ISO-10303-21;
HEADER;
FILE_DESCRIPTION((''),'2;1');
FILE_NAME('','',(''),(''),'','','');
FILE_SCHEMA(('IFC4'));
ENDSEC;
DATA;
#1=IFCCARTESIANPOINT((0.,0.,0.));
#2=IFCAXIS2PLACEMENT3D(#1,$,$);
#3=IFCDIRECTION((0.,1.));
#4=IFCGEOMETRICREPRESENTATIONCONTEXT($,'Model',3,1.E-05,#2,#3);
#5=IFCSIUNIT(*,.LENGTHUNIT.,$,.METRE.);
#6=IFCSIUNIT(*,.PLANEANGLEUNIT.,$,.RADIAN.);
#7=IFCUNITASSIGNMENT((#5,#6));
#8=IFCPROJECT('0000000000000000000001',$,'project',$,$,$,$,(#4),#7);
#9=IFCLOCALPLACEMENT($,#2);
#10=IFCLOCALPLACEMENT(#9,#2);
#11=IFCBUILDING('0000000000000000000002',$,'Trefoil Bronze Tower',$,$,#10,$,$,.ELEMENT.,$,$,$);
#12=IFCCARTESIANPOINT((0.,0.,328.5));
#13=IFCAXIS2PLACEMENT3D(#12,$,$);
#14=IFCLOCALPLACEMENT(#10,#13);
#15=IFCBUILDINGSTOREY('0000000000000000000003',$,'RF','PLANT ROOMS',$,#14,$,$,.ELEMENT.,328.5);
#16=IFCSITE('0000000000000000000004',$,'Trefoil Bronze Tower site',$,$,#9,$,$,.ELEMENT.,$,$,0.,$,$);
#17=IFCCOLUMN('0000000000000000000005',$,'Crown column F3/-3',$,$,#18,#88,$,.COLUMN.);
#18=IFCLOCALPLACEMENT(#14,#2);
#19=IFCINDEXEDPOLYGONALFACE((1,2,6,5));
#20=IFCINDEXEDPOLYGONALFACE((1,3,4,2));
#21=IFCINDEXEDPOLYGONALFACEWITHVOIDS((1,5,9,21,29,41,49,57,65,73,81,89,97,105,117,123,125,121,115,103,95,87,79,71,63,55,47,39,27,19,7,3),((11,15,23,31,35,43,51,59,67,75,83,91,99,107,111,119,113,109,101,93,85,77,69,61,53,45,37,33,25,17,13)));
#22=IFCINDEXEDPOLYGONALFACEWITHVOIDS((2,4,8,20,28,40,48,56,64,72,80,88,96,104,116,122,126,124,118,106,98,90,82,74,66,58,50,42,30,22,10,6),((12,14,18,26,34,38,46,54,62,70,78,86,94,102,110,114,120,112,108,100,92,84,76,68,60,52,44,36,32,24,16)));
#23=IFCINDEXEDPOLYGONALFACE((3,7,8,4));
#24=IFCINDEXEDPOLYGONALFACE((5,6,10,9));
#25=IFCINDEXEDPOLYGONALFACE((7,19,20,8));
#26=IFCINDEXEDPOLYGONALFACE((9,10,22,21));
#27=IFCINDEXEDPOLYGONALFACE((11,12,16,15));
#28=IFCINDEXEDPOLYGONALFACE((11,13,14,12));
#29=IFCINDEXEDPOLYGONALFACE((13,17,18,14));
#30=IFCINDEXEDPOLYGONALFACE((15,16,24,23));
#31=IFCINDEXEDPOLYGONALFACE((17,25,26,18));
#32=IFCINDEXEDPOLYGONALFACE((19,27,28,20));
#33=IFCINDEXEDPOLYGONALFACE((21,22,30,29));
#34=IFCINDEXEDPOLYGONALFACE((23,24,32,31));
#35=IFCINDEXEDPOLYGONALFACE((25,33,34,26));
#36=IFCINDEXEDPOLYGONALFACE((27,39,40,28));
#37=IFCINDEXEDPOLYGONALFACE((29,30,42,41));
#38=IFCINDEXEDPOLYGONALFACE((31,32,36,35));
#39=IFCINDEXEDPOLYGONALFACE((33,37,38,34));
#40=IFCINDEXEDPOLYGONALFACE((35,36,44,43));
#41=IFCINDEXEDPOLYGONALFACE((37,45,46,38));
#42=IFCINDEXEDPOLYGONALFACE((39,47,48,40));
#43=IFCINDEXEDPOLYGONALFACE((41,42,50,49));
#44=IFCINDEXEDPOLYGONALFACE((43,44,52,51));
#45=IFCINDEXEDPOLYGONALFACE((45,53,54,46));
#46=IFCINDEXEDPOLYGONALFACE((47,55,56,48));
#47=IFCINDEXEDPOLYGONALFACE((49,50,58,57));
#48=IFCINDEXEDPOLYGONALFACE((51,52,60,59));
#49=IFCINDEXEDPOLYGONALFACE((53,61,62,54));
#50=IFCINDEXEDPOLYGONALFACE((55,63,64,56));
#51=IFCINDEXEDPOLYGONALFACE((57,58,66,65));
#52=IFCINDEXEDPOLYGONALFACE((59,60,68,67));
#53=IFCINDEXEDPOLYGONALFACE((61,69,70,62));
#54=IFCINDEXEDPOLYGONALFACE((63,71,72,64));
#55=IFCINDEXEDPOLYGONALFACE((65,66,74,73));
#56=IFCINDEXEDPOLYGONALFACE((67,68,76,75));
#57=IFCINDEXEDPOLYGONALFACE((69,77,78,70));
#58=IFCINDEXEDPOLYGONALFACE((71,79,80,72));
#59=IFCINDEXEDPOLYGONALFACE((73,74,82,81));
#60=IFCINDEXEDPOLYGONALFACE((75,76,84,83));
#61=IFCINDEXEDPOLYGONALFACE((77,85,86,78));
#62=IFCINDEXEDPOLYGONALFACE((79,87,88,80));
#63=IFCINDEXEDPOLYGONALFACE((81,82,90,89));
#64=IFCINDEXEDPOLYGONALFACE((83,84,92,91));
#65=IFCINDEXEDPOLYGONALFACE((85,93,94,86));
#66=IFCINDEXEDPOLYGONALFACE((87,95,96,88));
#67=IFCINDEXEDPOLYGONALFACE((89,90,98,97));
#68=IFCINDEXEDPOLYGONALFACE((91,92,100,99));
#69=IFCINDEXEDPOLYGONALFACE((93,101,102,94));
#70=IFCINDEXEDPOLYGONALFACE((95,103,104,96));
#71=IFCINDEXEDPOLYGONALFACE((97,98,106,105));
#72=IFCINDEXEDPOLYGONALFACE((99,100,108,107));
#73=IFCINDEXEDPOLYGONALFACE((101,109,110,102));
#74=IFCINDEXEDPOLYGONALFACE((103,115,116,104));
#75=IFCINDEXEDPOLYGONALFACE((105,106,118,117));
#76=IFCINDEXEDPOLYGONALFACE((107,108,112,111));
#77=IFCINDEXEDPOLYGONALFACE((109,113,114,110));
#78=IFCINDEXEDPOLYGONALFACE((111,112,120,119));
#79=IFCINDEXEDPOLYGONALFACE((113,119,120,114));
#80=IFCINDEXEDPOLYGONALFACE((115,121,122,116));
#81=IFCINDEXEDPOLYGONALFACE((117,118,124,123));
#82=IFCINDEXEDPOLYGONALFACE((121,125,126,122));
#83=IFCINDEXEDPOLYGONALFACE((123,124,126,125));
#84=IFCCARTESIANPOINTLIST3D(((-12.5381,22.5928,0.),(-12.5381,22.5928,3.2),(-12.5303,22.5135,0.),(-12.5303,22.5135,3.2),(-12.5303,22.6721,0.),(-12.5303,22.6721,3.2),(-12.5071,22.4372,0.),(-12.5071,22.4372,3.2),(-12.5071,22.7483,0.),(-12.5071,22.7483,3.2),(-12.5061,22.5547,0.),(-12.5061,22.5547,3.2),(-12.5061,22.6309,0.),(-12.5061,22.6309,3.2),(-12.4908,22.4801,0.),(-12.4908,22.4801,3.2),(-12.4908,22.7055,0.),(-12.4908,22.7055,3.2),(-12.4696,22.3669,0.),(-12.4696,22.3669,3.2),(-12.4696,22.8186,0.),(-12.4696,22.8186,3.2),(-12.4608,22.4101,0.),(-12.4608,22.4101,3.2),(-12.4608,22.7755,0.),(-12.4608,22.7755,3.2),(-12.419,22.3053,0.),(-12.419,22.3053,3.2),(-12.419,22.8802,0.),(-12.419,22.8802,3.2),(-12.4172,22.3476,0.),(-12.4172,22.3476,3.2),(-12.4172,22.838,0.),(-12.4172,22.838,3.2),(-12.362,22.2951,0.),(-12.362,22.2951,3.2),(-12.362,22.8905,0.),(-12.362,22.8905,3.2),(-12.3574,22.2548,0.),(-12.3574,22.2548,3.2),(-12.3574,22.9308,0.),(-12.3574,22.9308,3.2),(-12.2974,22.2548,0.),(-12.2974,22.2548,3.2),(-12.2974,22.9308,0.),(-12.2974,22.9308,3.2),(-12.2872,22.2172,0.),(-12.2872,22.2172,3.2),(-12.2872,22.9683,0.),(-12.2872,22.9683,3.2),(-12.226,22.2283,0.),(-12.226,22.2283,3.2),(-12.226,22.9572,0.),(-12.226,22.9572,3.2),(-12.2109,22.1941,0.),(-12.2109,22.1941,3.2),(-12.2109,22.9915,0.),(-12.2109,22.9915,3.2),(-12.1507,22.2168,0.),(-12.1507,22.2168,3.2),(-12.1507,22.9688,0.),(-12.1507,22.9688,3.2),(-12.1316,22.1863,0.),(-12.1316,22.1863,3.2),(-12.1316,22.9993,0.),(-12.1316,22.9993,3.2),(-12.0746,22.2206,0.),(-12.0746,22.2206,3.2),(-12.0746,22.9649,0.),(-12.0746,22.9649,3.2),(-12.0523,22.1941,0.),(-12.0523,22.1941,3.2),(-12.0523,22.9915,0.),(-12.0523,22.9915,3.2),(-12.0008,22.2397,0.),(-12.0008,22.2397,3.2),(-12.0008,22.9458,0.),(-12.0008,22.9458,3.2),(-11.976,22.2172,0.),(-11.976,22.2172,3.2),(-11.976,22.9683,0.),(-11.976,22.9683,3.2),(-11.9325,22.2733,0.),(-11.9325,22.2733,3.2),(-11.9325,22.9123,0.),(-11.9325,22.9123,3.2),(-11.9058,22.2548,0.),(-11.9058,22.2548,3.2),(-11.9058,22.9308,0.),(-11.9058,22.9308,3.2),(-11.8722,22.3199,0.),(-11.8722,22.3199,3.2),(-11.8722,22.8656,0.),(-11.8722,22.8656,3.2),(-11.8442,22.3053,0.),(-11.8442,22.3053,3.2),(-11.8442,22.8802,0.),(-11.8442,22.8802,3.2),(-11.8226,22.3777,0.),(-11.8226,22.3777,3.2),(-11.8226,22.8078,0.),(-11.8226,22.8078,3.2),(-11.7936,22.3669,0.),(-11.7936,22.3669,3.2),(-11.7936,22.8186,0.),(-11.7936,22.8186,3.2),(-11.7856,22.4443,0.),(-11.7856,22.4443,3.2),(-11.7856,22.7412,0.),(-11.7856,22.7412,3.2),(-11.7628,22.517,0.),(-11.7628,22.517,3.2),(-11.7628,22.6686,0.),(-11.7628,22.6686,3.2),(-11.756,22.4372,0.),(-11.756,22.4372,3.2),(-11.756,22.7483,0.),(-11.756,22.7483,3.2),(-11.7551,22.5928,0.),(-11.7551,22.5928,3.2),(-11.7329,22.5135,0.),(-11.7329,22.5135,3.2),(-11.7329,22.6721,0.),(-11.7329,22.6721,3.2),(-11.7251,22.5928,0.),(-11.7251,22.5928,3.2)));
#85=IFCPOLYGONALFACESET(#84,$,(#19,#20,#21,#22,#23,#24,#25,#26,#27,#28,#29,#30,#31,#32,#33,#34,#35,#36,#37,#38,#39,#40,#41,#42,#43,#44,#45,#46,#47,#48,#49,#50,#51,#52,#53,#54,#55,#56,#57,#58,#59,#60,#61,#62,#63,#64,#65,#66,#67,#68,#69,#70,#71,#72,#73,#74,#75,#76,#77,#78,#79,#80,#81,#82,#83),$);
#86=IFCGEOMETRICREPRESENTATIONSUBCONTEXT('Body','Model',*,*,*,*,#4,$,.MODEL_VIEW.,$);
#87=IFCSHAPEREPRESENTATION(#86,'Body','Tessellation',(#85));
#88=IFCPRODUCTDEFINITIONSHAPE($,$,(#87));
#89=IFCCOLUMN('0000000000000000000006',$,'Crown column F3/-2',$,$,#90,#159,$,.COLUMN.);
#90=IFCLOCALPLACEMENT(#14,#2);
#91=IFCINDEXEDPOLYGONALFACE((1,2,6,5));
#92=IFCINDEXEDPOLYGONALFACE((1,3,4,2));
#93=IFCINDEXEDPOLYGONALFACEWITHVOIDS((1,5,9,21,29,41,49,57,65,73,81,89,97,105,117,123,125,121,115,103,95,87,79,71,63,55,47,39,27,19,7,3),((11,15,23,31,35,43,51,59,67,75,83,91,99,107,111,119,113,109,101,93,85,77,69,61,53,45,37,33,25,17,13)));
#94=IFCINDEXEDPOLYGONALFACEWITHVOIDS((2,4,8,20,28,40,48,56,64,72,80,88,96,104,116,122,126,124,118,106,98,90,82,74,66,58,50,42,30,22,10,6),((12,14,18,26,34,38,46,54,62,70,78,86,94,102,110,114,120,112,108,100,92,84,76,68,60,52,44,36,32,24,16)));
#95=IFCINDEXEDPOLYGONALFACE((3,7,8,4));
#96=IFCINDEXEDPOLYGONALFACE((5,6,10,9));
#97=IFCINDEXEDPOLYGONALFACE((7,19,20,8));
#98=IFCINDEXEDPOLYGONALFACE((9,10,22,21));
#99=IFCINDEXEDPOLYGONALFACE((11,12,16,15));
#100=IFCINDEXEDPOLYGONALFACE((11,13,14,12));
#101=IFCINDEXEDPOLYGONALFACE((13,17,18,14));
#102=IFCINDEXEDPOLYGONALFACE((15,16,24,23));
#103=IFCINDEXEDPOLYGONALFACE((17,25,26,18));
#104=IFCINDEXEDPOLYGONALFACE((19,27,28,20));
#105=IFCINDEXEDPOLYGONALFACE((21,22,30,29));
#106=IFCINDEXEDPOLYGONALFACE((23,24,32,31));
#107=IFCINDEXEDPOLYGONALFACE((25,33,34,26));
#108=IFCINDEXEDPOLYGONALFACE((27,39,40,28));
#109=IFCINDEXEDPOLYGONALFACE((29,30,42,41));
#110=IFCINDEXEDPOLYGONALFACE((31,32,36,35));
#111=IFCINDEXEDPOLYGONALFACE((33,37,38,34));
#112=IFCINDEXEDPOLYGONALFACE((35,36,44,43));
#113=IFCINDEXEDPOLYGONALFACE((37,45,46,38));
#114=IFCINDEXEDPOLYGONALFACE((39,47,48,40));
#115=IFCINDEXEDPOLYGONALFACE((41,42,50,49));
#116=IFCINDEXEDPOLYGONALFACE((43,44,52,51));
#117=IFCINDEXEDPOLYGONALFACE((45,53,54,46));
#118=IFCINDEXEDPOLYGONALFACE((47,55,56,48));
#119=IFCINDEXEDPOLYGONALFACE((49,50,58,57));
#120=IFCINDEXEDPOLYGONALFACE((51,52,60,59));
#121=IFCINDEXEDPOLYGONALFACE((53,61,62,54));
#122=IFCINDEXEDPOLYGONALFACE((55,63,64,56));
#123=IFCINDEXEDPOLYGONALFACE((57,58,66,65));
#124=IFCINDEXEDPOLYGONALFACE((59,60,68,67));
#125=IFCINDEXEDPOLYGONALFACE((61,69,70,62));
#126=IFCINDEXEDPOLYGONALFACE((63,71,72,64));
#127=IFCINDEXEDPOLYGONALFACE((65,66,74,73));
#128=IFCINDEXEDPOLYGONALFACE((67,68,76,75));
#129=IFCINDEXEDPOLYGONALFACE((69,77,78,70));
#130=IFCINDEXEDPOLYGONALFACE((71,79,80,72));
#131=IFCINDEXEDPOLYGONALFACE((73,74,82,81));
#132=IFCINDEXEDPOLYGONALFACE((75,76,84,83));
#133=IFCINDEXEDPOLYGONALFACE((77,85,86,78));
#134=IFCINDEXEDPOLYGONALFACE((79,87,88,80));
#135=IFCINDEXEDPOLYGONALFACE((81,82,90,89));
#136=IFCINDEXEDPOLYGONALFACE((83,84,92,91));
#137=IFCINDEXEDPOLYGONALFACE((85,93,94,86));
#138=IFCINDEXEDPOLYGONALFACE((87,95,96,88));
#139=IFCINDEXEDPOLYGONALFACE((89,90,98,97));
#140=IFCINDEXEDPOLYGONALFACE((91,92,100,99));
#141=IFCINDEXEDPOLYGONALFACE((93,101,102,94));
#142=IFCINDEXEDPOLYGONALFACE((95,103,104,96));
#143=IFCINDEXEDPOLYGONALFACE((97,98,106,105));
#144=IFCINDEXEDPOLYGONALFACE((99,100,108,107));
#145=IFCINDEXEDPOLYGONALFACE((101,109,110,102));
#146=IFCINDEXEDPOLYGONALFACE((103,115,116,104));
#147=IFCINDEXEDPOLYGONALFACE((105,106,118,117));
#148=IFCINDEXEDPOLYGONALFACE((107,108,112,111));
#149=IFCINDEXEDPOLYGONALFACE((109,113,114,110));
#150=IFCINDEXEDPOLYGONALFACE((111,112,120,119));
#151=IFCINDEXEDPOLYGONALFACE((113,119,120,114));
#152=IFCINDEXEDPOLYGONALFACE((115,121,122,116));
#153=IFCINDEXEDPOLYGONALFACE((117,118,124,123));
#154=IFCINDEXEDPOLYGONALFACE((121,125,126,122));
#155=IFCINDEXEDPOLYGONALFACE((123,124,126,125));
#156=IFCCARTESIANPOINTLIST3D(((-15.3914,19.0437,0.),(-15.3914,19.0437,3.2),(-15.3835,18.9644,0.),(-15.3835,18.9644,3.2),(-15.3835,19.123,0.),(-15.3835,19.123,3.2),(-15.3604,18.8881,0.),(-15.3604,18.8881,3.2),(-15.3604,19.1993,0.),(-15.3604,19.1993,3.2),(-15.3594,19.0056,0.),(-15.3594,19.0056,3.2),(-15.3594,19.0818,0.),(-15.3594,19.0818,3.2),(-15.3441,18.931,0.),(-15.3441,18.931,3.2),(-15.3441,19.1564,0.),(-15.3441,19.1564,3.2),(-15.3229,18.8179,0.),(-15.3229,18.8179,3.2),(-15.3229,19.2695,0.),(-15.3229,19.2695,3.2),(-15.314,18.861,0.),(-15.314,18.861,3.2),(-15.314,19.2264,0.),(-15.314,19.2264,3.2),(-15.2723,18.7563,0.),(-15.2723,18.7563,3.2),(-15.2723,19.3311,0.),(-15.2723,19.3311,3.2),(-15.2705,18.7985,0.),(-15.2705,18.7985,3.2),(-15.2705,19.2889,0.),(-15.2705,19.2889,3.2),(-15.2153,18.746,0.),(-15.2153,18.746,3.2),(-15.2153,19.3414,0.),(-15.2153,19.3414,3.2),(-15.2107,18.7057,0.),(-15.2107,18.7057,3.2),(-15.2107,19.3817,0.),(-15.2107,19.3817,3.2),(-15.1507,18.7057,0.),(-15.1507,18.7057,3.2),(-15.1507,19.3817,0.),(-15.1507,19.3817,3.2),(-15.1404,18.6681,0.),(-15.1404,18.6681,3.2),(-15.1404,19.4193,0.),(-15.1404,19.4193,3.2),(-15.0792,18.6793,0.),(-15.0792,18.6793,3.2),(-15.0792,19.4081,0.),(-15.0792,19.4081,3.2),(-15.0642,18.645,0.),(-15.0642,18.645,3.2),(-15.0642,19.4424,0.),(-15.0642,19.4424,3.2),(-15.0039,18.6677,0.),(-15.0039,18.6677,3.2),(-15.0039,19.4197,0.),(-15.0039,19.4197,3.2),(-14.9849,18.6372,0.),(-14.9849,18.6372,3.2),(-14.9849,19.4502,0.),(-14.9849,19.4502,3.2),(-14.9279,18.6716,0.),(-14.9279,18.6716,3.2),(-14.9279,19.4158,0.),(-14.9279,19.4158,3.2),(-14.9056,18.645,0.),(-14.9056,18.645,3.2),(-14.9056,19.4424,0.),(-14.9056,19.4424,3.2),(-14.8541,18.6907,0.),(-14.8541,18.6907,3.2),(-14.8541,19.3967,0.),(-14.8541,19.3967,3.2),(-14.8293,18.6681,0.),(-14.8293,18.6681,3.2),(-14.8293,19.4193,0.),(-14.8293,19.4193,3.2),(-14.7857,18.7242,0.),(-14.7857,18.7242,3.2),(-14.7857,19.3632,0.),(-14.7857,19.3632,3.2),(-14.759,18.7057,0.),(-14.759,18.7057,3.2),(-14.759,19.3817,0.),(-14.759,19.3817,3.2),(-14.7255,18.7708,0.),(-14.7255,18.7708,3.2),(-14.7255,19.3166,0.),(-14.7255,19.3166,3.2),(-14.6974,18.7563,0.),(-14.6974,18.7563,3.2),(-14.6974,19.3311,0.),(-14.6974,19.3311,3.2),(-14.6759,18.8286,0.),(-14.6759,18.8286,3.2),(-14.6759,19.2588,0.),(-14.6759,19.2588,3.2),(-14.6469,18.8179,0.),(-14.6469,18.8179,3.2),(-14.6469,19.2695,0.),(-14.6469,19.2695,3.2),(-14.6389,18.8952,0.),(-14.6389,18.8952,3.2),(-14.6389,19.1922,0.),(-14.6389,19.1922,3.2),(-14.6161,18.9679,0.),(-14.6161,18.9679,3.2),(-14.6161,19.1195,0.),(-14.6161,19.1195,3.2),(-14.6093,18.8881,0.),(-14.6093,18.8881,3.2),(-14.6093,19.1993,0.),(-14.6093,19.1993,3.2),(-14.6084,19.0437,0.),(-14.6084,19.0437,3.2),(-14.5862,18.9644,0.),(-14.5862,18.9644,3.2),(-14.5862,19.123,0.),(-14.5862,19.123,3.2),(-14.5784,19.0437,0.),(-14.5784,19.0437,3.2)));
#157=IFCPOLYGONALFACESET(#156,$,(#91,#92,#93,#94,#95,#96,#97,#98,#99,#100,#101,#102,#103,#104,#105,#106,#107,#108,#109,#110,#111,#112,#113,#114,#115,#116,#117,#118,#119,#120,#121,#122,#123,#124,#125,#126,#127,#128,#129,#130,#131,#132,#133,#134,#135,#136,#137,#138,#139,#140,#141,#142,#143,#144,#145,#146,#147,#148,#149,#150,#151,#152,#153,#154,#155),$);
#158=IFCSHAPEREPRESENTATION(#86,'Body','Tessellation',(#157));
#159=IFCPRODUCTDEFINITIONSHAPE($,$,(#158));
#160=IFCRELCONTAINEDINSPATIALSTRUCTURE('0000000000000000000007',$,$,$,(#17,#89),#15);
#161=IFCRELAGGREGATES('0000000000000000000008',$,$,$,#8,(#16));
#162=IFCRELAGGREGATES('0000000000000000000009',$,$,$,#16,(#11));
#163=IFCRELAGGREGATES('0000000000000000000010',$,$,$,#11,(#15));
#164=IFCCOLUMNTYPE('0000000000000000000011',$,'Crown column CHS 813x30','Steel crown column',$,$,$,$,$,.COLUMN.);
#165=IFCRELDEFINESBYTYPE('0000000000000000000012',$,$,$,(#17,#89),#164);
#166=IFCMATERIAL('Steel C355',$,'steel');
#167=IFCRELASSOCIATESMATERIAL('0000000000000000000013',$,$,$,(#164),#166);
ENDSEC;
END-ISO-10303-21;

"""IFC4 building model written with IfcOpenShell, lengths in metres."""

from ifc_helpers import new_model, si_unit, direction, frame, origin, origin_2d, place, context, subcontext, project, spatial, hollow_circle, extrude, material, material_profile, profile_set, type_object, element, save


model = new_model("IFC4")

# Units and contexts
model_context = context("Model", 3, precision=1e-05, world=origin(), true_north=direction((0.0, 1.0)))
body_context = subcontext(model_context, "Body", "Model", "MODEL_VIEW")
ifc_project = project(units=[si_unit("LENGTHUNIT", "METRE"), si_unit("PLANEANGLEUNIT", "RADIAN")], contexts=[model_context])

# Site, building, storey
site_placement = place(None, origin())
site = spatial("IfcSite", under=ifc_project, at=site_placement, Name="Trefoil Bronze Tower site", CompositionType="ELEMENT", RefElevation=0.0)
building_placement = place(site_placement, origin())
building = spatial("IfcBuilding", under=site, at=building_placement, Name="Trefoil Bronze Tower", CompositionType="ELEMENT")
storey_placement = place(building_placement, frame((0.0, 0.0, 328.5)))
storey = spatial("IfcBuildingStorey", under=building, at=storey_placement, Name="RF", Description="PLANT ROOMS", CompositionType="ELEMENT", Elevation=328.5)

# Columns
ifc_material_1 = material(Name="Steel C355", Category="steel")
ifc_material_profile_1 = material_profile(ifc_material_1, hollow_circle(Radius=0.4065, WallThickness=0.03, at=origin_2d()), Name="CHS 813x30")
ifc_profile_set_1 = profile_set([ifc_material_profile_1], Name="Steel C355")
column_type = type_object("IfcColumnType", Name="Crown column CHS 813x30", Description="Steel crown column", PredefinedType="COLUMN", material=ifc_profile_set_1)
for number, where, z_axis, x_axis, name in (
    (1, (-12.1316, 22.5928, 0.0), (0.0, 0.0, 1.0), (1.0, 0.0, 0.0), "Crown column F3/-3"),
    (2, (-14.9849, 19.0437, 0.0), (0.0, 0.0, 1.0), (1.0, 0.0, 0.0), "Crown column F3/-2"),
):
    element("IfcColumn", number, at=place(storey_placement, frame(where, z_axis=z_axis, x_axis=x_axis)), inside=storey, type_object=column_type, Name=name, PredefinedType="COLUMN", context=body_context, shape_type="SweptSolid", body=[
        extrude(hollow_circle(Radius=0.4065, WallThickness=0.03, at=origin_2d()), origin(), (0.0, 0.0, 1.0), 3.2),
    ])

save(model, "model.ifc")
